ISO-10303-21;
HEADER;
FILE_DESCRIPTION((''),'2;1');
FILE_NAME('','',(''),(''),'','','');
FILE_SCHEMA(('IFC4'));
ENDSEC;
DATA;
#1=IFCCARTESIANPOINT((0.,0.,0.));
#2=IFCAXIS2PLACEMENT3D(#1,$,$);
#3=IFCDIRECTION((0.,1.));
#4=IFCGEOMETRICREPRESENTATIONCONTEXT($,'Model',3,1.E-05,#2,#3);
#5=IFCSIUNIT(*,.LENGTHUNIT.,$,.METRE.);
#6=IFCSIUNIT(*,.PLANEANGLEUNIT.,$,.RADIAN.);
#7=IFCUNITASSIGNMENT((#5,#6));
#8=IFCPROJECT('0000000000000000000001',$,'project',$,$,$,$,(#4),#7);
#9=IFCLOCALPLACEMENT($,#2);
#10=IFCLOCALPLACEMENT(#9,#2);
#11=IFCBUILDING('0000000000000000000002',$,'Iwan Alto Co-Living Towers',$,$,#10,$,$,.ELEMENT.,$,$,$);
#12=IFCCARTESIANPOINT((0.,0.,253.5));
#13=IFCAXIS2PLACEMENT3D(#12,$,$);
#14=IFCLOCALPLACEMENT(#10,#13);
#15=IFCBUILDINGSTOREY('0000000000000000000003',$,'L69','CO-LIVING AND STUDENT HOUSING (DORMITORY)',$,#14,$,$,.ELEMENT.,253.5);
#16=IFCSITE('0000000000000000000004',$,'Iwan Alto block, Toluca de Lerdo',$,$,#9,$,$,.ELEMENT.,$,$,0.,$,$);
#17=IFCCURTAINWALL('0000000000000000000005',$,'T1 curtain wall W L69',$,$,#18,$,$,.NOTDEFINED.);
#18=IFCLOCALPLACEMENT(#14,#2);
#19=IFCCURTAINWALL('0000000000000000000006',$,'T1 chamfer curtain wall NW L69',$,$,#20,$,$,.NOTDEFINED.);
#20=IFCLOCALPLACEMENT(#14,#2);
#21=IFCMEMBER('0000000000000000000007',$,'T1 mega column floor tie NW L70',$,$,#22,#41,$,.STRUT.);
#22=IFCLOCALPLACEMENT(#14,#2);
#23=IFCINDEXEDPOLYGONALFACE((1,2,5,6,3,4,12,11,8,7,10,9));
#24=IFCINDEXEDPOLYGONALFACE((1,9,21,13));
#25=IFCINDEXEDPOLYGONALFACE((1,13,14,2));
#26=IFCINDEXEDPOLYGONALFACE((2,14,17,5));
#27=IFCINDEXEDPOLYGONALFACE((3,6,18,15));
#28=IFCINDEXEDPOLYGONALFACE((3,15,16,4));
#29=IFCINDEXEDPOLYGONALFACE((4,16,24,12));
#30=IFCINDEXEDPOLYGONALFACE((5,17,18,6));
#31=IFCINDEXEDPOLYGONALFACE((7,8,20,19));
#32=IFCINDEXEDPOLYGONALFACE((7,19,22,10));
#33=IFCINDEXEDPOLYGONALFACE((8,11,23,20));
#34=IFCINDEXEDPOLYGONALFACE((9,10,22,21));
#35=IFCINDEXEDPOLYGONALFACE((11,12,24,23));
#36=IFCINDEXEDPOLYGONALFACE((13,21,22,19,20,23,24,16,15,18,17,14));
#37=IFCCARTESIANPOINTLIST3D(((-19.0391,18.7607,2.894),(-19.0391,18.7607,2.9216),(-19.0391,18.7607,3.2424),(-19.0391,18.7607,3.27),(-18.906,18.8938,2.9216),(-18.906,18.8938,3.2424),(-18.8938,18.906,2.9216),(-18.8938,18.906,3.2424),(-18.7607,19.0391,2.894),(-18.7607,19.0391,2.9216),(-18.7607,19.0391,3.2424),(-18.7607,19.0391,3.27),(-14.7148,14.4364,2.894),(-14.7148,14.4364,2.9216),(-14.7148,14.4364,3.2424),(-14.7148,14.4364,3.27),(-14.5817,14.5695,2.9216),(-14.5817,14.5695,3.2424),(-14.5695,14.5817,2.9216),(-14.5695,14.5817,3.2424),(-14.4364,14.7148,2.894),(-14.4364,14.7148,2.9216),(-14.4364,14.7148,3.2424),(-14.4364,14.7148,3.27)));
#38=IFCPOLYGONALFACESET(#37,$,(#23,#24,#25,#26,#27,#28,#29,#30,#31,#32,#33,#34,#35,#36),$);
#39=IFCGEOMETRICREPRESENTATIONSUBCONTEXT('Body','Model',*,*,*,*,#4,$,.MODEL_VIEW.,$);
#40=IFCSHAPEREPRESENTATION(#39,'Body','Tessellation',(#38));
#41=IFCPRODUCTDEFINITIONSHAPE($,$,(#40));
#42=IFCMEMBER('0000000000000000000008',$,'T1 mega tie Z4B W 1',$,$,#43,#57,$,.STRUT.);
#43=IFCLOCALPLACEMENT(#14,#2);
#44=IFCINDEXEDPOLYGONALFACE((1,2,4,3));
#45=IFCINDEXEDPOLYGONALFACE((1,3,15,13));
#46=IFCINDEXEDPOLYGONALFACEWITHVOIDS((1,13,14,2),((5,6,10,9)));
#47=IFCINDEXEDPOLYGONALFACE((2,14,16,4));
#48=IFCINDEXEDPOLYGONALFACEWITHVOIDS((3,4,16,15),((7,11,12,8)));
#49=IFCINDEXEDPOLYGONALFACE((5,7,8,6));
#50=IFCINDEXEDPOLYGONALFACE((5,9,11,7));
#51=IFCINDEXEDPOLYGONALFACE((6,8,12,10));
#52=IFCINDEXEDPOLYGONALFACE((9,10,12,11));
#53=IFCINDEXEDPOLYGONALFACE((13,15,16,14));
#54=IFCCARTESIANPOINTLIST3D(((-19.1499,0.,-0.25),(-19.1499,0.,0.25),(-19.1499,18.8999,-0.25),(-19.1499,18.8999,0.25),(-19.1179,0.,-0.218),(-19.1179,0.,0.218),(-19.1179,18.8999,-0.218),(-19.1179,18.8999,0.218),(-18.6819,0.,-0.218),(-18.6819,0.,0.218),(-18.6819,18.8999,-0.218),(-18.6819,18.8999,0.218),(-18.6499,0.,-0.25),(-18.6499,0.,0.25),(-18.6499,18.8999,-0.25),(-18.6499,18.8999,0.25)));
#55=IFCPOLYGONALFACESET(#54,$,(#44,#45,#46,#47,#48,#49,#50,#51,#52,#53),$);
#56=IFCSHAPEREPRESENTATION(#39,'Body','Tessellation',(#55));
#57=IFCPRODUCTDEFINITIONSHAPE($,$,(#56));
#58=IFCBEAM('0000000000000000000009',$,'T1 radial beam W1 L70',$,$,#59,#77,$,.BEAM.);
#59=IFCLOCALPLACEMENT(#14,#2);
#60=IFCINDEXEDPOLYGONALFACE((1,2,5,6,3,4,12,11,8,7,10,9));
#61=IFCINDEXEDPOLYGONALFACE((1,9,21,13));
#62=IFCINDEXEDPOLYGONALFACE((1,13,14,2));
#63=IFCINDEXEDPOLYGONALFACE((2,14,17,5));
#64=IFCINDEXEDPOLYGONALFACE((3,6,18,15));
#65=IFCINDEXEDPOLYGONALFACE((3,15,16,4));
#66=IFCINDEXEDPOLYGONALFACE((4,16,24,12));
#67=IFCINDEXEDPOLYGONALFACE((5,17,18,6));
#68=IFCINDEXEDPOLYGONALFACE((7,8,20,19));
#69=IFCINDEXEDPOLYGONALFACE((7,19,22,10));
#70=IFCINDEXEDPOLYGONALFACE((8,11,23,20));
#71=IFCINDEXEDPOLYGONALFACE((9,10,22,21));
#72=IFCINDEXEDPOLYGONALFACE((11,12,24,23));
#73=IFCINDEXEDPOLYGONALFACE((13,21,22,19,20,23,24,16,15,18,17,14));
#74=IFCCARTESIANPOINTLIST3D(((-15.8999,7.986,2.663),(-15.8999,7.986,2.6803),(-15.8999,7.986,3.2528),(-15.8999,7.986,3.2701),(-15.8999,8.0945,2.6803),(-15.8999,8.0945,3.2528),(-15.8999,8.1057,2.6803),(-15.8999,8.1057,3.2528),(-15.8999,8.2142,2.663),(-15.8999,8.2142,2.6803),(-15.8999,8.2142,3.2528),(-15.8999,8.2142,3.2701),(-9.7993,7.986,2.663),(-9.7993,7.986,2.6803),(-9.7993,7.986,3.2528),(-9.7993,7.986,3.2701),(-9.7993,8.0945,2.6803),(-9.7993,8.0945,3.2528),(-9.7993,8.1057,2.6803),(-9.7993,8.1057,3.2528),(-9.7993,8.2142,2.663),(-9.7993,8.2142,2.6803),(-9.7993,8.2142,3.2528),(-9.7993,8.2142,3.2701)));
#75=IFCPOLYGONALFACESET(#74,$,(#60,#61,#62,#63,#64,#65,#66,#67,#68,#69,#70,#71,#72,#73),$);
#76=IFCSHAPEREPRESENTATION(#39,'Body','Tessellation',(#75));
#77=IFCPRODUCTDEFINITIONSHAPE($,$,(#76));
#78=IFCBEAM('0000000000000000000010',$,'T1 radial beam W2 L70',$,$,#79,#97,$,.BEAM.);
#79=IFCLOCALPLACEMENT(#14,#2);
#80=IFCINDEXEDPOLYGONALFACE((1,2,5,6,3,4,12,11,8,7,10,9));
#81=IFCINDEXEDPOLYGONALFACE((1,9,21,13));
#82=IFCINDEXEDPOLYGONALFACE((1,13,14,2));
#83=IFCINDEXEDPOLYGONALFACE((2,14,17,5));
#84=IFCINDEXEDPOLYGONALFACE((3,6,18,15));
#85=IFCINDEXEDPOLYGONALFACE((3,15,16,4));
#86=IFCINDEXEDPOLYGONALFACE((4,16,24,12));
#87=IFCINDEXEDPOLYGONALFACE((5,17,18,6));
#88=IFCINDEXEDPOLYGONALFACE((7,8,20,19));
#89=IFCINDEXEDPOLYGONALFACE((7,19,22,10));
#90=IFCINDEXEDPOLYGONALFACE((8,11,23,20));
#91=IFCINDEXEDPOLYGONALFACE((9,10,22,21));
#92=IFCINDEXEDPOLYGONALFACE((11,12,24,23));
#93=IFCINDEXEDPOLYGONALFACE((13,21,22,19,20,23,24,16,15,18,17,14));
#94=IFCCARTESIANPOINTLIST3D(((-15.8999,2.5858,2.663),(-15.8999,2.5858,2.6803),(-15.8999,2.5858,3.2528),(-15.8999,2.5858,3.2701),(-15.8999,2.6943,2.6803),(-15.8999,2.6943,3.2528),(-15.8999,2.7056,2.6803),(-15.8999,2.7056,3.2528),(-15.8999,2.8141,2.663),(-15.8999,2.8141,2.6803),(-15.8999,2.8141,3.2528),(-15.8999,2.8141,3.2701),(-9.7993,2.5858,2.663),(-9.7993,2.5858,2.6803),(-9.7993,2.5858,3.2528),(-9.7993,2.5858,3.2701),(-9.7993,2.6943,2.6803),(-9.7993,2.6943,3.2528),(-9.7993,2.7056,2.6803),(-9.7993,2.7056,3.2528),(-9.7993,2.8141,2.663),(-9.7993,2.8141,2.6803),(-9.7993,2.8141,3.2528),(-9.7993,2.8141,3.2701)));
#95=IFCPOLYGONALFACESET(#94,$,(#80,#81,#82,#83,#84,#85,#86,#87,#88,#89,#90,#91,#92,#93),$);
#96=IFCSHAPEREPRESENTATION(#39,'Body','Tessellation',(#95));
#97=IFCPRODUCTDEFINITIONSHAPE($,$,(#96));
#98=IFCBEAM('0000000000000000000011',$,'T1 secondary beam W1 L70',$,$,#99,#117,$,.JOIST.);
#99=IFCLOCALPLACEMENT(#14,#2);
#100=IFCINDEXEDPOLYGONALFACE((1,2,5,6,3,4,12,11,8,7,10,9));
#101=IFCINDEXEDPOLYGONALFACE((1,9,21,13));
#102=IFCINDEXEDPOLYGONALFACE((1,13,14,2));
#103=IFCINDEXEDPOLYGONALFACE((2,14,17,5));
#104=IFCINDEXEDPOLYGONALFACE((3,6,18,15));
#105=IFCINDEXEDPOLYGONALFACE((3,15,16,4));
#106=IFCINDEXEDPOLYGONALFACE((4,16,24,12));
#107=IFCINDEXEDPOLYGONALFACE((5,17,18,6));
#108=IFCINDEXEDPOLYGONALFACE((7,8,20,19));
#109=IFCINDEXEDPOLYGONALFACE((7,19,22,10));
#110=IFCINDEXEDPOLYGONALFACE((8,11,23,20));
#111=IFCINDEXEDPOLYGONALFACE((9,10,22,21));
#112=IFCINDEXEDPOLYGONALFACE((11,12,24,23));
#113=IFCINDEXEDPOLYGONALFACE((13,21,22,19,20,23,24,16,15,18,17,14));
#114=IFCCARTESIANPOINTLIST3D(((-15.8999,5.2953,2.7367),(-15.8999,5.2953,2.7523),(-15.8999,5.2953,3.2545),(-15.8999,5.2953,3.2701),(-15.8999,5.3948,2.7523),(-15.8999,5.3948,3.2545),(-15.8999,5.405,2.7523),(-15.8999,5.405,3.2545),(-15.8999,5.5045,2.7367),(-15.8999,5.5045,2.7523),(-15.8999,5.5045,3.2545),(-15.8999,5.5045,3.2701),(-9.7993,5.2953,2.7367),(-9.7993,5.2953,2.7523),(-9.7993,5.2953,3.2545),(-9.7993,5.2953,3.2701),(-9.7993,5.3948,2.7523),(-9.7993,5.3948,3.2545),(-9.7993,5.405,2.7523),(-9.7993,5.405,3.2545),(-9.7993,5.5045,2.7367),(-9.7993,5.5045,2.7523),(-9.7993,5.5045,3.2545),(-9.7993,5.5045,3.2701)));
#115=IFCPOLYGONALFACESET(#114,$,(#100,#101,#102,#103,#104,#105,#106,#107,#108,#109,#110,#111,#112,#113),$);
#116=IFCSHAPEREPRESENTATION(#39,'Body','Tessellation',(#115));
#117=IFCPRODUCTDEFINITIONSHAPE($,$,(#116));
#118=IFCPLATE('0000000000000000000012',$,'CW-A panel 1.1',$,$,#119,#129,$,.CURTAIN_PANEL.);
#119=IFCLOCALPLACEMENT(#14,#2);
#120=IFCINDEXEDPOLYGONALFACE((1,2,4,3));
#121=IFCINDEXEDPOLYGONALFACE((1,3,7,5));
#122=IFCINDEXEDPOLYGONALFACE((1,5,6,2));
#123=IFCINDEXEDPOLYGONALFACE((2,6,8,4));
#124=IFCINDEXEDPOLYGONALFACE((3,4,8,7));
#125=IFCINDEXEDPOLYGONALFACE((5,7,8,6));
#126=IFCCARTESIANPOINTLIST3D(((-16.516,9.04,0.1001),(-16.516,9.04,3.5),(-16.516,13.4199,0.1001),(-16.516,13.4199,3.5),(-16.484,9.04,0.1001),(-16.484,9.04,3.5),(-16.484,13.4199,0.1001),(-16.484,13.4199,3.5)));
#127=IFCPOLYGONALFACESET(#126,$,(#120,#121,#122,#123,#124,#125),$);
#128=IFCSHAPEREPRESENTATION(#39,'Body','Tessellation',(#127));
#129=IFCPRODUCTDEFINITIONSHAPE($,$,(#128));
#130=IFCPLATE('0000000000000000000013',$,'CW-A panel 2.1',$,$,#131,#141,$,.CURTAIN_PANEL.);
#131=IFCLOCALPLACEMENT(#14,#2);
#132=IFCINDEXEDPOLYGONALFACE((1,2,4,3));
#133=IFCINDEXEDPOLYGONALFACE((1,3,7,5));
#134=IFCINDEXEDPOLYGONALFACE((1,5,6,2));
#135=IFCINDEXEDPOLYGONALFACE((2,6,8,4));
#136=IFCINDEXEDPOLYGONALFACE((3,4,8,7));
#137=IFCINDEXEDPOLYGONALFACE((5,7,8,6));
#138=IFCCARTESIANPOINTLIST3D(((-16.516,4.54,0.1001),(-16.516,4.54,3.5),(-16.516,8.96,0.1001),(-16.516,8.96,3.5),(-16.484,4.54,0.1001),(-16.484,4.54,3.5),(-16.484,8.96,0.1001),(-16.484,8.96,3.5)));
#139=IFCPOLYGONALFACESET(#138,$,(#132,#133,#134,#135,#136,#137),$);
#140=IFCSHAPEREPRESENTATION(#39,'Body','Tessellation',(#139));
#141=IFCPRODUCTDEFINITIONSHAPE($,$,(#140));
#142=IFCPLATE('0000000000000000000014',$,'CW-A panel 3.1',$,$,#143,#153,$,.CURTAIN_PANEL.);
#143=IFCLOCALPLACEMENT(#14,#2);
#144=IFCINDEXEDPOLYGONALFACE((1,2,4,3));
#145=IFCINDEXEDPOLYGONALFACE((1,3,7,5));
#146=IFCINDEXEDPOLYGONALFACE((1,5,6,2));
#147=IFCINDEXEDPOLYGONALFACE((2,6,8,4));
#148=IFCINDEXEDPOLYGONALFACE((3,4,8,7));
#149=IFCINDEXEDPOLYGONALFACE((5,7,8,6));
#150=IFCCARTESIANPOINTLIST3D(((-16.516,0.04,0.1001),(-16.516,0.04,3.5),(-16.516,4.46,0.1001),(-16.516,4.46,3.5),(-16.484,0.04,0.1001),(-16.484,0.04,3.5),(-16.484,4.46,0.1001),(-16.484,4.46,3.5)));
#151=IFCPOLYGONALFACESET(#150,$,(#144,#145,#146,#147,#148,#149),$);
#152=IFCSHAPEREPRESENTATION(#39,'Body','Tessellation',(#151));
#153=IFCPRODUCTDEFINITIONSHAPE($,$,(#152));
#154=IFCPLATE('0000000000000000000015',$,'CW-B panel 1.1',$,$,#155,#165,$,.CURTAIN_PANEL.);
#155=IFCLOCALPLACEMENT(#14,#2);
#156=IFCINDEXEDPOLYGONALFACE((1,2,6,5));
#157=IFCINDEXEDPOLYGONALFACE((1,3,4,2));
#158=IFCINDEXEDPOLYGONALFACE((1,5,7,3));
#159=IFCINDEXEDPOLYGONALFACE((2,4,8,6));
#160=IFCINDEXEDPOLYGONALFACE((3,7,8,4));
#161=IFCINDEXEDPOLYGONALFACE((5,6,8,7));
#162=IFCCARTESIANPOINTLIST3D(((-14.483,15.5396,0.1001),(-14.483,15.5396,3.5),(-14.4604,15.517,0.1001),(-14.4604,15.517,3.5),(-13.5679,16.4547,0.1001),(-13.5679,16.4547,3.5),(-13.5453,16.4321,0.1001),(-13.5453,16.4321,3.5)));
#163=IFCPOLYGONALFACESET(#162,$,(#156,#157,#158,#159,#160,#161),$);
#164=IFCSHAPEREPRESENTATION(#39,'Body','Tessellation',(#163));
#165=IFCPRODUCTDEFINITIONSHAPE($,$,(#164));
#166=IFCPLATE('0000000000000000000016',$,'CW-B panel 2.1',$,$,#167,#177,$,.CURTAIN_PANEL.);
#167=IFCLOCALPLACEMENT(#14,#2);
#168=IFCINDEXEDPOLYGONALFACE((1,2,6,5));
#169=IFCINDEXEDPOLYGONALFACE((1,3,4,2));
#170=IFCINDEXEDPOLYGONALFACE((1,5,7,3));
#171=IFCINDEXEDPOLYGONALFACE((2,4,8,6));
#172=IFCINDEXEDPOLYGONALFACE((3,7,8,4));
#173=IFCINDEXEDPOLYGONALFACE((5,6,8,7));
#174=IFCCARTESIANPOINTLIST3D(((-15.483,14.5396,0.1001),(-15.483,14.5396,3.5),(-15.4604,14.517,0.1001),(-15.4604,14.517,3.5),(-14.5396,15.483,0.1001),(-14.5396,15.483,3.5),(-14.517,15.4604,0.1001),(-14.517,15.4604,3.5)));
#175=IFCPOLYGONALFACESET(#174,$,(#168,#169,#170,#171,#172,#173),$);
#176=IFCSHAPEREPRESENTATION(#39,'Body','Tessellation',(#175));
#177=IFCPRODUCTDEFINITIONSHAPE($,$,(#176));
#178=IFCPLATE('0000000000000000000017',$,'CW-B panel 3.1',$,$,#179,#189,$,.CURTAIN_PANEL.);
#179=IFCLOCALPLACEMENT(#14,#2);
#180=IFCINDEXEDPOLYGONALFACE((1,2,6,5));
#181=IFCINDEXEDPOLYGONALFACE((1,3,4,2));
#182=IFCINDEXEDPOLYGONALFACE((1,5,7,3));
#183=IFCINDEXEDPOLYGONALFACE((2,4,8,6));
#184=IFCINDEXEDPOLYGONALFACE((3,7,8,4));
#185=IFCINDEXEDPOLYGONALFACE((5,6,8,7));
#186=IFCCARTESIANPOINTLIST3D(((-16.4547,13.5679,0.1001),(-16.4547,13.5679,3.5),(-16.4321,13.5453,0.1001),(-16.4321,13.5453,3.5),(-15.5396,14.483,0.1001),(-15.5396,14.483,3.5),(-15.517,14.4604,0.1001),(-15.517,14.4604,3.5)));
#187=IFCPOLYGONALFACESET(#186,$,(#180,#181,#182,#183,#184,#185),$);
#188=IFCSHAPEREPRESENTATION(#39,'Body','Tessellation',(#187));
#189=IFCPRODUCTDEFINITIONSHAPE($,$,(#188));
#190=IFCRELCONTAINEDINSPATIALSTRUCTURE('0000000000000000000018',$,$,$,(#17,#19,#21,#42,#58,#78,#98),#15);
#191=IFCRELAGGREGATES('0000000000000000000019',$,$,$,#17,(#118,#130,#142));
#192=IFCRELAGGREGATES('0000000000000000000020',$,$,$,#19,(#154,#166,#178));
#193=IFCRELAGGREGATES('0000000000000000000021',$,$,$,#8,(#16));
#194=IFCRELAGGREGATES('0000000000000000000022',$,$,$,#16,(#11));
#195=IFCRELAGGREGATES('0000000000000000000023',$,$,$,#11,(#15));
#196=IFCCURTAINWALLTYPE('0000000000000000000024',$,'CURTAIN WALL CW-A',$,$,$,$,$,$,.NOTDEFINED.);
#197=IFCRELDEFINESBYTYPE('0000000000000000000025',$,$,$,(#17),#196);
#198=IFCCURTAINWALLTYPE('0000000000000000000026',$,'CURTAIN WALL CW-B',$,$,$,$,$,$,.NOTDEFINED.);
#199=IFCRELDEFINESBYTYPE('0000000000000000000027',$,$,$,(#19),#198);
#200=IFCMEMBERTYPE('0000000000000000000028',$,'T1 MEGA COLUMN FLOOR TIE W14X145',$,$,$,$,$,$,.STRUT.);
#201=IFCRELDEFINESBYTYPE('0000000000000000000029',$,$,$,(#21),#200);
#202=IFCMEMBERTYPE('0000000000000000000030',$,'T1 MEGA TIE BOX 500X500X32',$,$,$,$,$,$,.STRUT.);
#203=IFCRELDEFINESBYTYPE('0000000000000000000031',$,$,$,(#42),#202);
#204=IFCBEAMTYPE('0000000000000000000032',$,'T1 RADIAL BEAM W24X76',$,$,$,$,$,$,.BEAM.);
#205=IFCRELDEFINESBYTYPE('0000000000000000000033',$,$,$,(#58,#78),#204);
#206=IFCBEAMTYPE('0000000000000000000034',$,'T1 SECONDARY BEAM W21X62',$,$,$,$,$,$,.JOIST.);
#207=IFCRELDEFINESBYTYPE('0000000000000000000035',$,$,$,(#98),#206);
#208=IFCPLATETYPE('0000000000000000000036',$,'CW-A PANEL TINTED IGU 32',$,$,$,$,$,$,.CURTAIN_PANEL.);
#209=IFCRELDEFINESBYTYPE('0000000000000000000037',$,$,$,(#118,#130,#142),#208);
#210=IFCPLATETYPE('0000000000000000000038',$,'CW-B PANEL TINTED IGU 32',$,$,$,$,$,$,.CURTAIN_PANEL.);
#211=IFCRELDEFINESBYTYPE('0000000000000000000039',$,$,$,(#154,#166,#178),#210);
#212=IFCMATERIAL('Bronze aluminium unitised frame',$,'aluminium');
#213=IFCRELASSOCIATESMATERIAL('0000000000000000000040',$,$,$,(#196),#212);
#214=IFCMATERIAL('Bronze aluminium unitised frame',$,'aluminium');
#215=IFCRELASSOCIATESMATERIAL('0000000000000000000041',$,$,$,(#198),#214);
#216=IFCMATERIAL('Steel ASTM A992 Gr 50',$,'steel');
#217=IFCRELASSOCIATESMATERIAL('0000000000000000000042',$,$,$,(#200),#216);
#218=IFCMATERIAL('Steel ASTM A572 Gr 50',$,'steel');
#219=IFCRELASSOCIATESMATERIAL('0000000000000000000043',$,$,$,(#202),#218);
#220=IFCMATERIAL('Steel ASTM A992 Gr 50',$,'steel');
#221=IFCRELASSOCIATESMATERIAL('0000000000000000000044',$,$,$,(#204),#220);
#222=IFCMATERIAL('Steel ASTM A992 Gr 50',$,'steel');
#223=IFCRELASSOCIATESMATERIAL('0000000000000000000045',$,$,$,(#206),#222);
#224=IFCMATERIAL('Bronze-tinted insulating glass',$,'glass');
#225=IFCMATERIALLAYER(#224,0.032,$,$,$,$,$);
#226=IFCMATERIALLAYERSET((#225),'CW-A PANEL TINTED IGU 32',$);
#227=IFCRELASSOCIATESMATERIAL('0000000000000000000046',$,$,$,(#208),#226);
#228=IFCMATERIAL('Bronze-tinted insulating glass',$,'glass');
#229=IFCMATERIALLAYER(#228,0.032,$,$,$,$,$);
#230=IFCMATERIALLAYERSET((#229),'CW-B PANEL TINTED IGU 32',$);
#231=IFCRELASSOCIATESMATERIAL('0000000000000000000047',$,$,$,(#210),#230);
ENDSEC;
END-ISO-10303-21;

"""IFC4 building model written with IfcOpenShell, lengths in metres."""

from ifc_helpers import new_model, si_unit, direction, frame, origin, origin_2d, place, context, subcontext, project, spatial, rectangle, hollow_rectangle, i_section, extrude, material, layer, layer_set, material_profile, profile_set, type_object, element, aggregate, save


model = new_model("IFC4")

# Units and contexts
model_context = context("Model", 3, precision=1e-05, world=origin(), true_north=direction((0.0, 1.0)))
body_context = subcontext(model_context, "Body", "Model", "MODEL_VIEW")
ifc_project = project(units=[si_unit("LENGTHUNIT", "METRE"), si_unit("PLANEANGLEUNIT", "RADIAN")], contexts=[model_context])

# Site, building, storey
site_placement = place(None, origin())
site = spatial("IfcSite", under=ifc_project, at=site_placement, Name="Iwan Alto block, Toluca de Lerdo", CompositionType="ELEMENT", RefElevation=0.0)
building_placement = place(site_placement, origin())
building = spatial("IfcBuilding", under=site, at=building_placement, Name="Iwan Alto Co-Living Towers", CompositionType="ELEMENT")
storey_placement = place(building_placement, frame((0.0, 0.0, 253.5)))
storey = spatial("IfcBuildingStorey", under=building, at=storey_placement, Name="L69", Description="CO-LIVING AND STUDENT HOUSING (DORMITORY)", CompositionType="ELEMENT", Elevation=253.5)

# Shared definitions
ifc_material_1 = material(Name="Bronze aluminium unitised frame", Category="aluminium")
curtain_wall_type_1 = type_object("IfcCurtainWallType", Name="CURTAIN WALL CW-A", PredefinedType="NOTDEFINED", material=ifc_material_1)

# Curtain walls
curtain_wall_1_placement = place(storey_placement, origin())
curtain_wall_1 = element("IfcCurtainWall", 1, at=curtain_wall_1_placement, inside=storey, type_object=curtain_wall_type_1, Name="T1 curtain wall W L69", PredefinedType="NOTDEFINED")
ifc_material_2 = material(Name="Bronze aluminium unitised frame", Category="aluminium")
curtain_wall_type_2 = type_object("IfcCurtainWallType", Name="CURTAIN WALL CW-B", PredefinedType="NOTDEFINED", material=ifc_material_2)
curtain_wall_2_placement = place(storey_placement, origin())
curtain_wall_2 = element("IfcCurtainWall", 2, at=curtain_wall_2_placement, inside=storey, type_object=curtain_wall_type_2, Name="T1 chamfer curtain wall NW L69", PredefinedType="NOTDEFINED")

# Members
ifc_material_3 = material(Name="Steel ASTM A992 Gr 50", Category="steel")
ifc_material_profile_1 = material_profile(ifc_material_3, i_section(OverallWidth=0.3938, OverallDepth=0.376, WebThickness=0.0173, FlangeThickness=0.0276, at=origin_2d()), Name="W14X145")
ifc_profile_set_1 = profile_set([ifc_material_profile_1], Name="Steel ASTM A992 Gr 50")
member_type_1 = type_object("IfcMemberType", Name="T1 MEGA COLUMN FLOOR TIE W14X145", PredefinedType="STRUT", material=ifc_profile_set_1)
member_1_placement = place(storey_placement, frame((-18.8999, 18.8999, 3.082), z_axis=(0.707107, -0.707107, 0.0), x_axis=(0.707107, 0.707107, 0.0)))
element("IfcMember", 3, at=member_1_placement, inside=storey, type_object=member_type_1, Name="T1 mega column floor tie NW L70", PredefinedType="STRUT", context=body_context, shape_type="SweptSolid", body=[
    extrude(i_section(OverallWidth=0.3938, OverallDepth=0.376, WebThickness=0.0173, FlangeThickness=0.0276, at=origin_2d()), origin(), (0.0, 0.0, 1.0), 6.1155),
])
ifc_material_4 = material(Name="Steel ASTM A572 Gr 50", Category="steel")
ifc_material_profile_2 = material_profile(ifc_material_4, hollow_rectangle(XDim=0.5, YDim=0.5, WallThickness=0.032, at=origin_2d()), Name="BOX 500X500X32")
ifc_profile_set_2 = profile_set([ifc_material_profile_2], Name="Steel ASTM A572 Gr 50")
member_type_2 = type_object("IfcMemberType", Name="T1 MEGA TIE BOX 500X500X32", PredefinedType="STRUT", material=ifc_profile_set_2)
member_2_placement = place(storey_placement, frame((-18.8999, 18.8999, 0.0), z_axis=(0.0, -1.0, 0.0), x_axis=(1.0, 0.0, 0.0)))
element("IfcMember", 4, at=member_2_placement, inside=storey, type_object=member_type_2, Name="T1 mega tie Z4B W 1", PredefinedType="STRUT", context=body_context, shape_type="SweptSolid", body=[
    extrude(hollow_rectangle(XDim=0.5, YDim=0.5, WallThickness=0.032, at=origin_2d()), origin(), (0.0, 0.0, 1.0), 18.8999),
])

# Beams
ifc_material_5 = material(Name="Steel ASTM A992 Gr 50", Category="steel")
ifc_material_profile_3 = material_profile(ifc_material_5, i_section(OverallWidth=0.2283, OverallDepth=0.6072, WebThickness=0.0112, FlangeThickness=0.0173, at=origin_2d()), Name="W24X76")
ifc_profile_set_3 = profile_set([ifc_material_profile_3], Name="Steel ASTM A992 Gr 50")
beam_type_1 = type_object("IfcBeamType", Name="T1 RADIAL BEAM W24X76", PredefinedType="BEAM", material=ifc_profile_set_3)
for number, where, z_axis, x_axis, name in (
    (5, (-15.8999, 8.1001, 2.9666), (1.0, 0.0, 0.0), (0.0, 1.0, 0.0), "T1 radial beam W1 L70"),
    (6, (-15.8999, 2.7, 2.9666), (1.0, 0.0, 0.0), (0.0, 1.0, 0.0), "T1 radial beam W2 L70"),
):
    element("IfcBeam", number, at=place(storey_placement, frame(where, z_axis=z_axis, x_axis=x_axis)), inside=storey, type_object=beam_type_1, Name=name, PredefinedType="BEAM", context=body_context, shape_type="SweptSolid", body=[
        extrude(i_section(OverallWidth=0.2283, OverallDepth=0.6072, WebThickness=0.0112, FlangeThickness=0.0173, at=origin_2d()), origin(), (0.0, 0.0, 1.0), 6.1006),
    ])
ifc_material_6 = material(Name="Steel ASTM A992 Gr 50", Category="steel")
ifc_material_profile_4 = material_profile(ifc_material_6, i_section(OverallWidth=0.2092, OverallDepth=0.5334, WebThickness=0.0103, FlangeThickness=0.0156, at=origin_2d()), Name="W21X62")
ifc_profile_set_4 = profile_set([ifc_material_profile_4], Name="Steel ASTM A992 Gr 50")
beam_type_2 = type_object("IfcBeamType", Name="T1 SECONDARY BEAM W21X62", PredefinedType="JOIST", material=ifc_profile_set_4)
beam_1_placement = place(storey_placement, frame((-15.8999, 5.3999, 3.0034), z_axis=(1.0, 0.0, 0.0), x_axis=(0.0, 1.0, 0.0)))
element("IfcBeam", 7, at=beam_1_placement, inside=storey, type_object=beam_type_2, Name="T1 secondary beam W1 L70", PredefinedType="JOIST", context=body_context, shape_type="SweptSolid", body=[
    extrude(i_section(OverallWidth=0.2092, OverallDepth=0.5334, WebThickness=0.0103, FlangeThickness=0.0156, at=origin_2d()), origin(), (0.0, 0.0, 1.0), 6.1006),
])

# Plates
ifc_material_7 = material(Name="Bronze-tinted insulating glass", Category="glass")
ifc_layer_1 = layer(ifc_material_7, 0.032)
ifc_layer_set_1 = layer_set([ifc_layer_1], Name="CW-A PANEL TINTED IGU 32")
plate_type_1 = type_object("IfcPlateType", Name="CW-A PANEL TINTED IGU 32", PredefinedType="CURTAIN_PANEL", material=ifc_layer_set_1)
plate_1_placement = place(storey_placement, frame((-16.5, 11.23, 0.1001), z_axis=(0.0, 0.0, 1.0), x_axis=(0.0, -1.0, 0.0)))
plate_1 = element("IfcPlate", 8, at=plate_1_placement, type_object=plate_type_1, Name="CW-A panel 1.1", PredefinedType="CURTAIN_PANEL", context=body_context, shape_type="SweptSolid", body=[
    extrude(rectangle(XDim=4.3799, YDim=0.032, at=origin_2d()), origin(), (0.0, 0.0, 1.0), 3.3999),
])
plate_2_placement = place(storey_placement, frame((-16.5, 6.75, 0.1001), z_axis=(0.0, 0.0, 1.0), x_axis=(0.0, -1.0, 0.0)))
plate_2 = element("IfcPlate", 9, at=plate_2_placement, type_object=plate_type_1, Name="CW-A panel 2.1", PredefinedType="CURTAIN_PANEL", context=body_context, shape_type="SweptSolid", body=[
    extrude(rectangle(XDim=4.4199, YDim=0.032, at=origin_2d()), origin(), (0.0, 0.0, 1.0), 3.3999),
])
plate_3_placement = place(storey_placement, frame((-16.5, 2.25, 0.1001), z_axis=(0.0, 0.0, 1.0), x_axis=(0.0, -1.0, 0.0)))
plate_3 = element("IfcPlate", 10, at=plate_3_placement, type_object=plate_type_1, Name="CW-A panel 3.1", PredefinedType="CURTAIN_PANEL", context=body_context, shape_type="SweptSolid", body=[
    extrude(rectangle(XDim=4.4199, YDim=0.032, at=origin_2d()), origin(), (0.0, 0.0, 1.0), 3.3999),
])
aggregate(curtain_wall_1, [plate_1, plate_2, plate_3])
ifc_material_8 = material(Name="Bronze-tinted insulating glass", Category="glass")
ifc_layer_2 = layer(ifc_material_8, 0.032)
ifc_layer_set_2 = layer_set([ifc_layer_2], Name="CW-B PANEL TINTED IGU 32")
plate_type_2 = type_object("IfcPlateType", Name="CW-B PANEL TINTED IGU 32", PredefinedType="CURTAIN_PANEL", material=ifc_layer_set_2)
plate_4_placement = place(storey_placement, frame((-14.0142, 15.9858, 0.1001), z_axis=(0.0, 0.0, 1.0), x_axis=(-0.707107, -0.707107, 0.0)))
plate_4 = element("IfcPlate", 11, at=plate_4_placement, type_object=plate_type_2, Name="CW-B panel 1.1", PredefinedType="CURTAIN_PANEL", context=body_context, shape_type="SweptSolid", body=[
    extrude(rectangle(XDim=1.2942, YDim=0.032, at=origin_2d()), origin(), (0.0, 0.0, 1.0), 3.3999),
])
plate_5_placement = place(storey_placement, frame((-15.0, 15.0, 0.1001), z_axis=(0.0, 0.0, 1.0), x_axis=(-0.707107, -0.707107, 0.0)))
plate_5 = element("IfcPlate", 12, at=plate_5_placement, type_object=plate_type_2, Name="CW-B panel 2.1", PredefinedType="CURTAIN_PANEL", context=body_context, shape_type="SweptSolid", body=[
    extrude(rectangle(XDim=1.3342, YDim=0.032, at=origin_2d()), origin(), (0.0, 0.0, 1.0), 3.3999),
])
plate_6_placement = place(storey_placement, frame((-15.9858, 14.0142, 0.1001), z_axis=(0.0, 0.0, 1.0), x_axis=(-0.707107, -0.707107, 0.0)))
plate_6 = element("IfcPlate", 13, at=plate_6_placement, type_object=plate_type_2, Name="CW-B panel 3.1", PredefinedType="CURTAIN_PANEL", context=body_context, shape_type="SweptSolid", body=[
    extrude(rectangle(XDim=1.2942, YDim=0.032, at=origin_2d()), origin(), (0.0, 0.0, 1.0), 3.3999),
])
aggregate(curtain_wall_2, [plate_4, plate_5, plate_6])

save(model, "model.ifc")
